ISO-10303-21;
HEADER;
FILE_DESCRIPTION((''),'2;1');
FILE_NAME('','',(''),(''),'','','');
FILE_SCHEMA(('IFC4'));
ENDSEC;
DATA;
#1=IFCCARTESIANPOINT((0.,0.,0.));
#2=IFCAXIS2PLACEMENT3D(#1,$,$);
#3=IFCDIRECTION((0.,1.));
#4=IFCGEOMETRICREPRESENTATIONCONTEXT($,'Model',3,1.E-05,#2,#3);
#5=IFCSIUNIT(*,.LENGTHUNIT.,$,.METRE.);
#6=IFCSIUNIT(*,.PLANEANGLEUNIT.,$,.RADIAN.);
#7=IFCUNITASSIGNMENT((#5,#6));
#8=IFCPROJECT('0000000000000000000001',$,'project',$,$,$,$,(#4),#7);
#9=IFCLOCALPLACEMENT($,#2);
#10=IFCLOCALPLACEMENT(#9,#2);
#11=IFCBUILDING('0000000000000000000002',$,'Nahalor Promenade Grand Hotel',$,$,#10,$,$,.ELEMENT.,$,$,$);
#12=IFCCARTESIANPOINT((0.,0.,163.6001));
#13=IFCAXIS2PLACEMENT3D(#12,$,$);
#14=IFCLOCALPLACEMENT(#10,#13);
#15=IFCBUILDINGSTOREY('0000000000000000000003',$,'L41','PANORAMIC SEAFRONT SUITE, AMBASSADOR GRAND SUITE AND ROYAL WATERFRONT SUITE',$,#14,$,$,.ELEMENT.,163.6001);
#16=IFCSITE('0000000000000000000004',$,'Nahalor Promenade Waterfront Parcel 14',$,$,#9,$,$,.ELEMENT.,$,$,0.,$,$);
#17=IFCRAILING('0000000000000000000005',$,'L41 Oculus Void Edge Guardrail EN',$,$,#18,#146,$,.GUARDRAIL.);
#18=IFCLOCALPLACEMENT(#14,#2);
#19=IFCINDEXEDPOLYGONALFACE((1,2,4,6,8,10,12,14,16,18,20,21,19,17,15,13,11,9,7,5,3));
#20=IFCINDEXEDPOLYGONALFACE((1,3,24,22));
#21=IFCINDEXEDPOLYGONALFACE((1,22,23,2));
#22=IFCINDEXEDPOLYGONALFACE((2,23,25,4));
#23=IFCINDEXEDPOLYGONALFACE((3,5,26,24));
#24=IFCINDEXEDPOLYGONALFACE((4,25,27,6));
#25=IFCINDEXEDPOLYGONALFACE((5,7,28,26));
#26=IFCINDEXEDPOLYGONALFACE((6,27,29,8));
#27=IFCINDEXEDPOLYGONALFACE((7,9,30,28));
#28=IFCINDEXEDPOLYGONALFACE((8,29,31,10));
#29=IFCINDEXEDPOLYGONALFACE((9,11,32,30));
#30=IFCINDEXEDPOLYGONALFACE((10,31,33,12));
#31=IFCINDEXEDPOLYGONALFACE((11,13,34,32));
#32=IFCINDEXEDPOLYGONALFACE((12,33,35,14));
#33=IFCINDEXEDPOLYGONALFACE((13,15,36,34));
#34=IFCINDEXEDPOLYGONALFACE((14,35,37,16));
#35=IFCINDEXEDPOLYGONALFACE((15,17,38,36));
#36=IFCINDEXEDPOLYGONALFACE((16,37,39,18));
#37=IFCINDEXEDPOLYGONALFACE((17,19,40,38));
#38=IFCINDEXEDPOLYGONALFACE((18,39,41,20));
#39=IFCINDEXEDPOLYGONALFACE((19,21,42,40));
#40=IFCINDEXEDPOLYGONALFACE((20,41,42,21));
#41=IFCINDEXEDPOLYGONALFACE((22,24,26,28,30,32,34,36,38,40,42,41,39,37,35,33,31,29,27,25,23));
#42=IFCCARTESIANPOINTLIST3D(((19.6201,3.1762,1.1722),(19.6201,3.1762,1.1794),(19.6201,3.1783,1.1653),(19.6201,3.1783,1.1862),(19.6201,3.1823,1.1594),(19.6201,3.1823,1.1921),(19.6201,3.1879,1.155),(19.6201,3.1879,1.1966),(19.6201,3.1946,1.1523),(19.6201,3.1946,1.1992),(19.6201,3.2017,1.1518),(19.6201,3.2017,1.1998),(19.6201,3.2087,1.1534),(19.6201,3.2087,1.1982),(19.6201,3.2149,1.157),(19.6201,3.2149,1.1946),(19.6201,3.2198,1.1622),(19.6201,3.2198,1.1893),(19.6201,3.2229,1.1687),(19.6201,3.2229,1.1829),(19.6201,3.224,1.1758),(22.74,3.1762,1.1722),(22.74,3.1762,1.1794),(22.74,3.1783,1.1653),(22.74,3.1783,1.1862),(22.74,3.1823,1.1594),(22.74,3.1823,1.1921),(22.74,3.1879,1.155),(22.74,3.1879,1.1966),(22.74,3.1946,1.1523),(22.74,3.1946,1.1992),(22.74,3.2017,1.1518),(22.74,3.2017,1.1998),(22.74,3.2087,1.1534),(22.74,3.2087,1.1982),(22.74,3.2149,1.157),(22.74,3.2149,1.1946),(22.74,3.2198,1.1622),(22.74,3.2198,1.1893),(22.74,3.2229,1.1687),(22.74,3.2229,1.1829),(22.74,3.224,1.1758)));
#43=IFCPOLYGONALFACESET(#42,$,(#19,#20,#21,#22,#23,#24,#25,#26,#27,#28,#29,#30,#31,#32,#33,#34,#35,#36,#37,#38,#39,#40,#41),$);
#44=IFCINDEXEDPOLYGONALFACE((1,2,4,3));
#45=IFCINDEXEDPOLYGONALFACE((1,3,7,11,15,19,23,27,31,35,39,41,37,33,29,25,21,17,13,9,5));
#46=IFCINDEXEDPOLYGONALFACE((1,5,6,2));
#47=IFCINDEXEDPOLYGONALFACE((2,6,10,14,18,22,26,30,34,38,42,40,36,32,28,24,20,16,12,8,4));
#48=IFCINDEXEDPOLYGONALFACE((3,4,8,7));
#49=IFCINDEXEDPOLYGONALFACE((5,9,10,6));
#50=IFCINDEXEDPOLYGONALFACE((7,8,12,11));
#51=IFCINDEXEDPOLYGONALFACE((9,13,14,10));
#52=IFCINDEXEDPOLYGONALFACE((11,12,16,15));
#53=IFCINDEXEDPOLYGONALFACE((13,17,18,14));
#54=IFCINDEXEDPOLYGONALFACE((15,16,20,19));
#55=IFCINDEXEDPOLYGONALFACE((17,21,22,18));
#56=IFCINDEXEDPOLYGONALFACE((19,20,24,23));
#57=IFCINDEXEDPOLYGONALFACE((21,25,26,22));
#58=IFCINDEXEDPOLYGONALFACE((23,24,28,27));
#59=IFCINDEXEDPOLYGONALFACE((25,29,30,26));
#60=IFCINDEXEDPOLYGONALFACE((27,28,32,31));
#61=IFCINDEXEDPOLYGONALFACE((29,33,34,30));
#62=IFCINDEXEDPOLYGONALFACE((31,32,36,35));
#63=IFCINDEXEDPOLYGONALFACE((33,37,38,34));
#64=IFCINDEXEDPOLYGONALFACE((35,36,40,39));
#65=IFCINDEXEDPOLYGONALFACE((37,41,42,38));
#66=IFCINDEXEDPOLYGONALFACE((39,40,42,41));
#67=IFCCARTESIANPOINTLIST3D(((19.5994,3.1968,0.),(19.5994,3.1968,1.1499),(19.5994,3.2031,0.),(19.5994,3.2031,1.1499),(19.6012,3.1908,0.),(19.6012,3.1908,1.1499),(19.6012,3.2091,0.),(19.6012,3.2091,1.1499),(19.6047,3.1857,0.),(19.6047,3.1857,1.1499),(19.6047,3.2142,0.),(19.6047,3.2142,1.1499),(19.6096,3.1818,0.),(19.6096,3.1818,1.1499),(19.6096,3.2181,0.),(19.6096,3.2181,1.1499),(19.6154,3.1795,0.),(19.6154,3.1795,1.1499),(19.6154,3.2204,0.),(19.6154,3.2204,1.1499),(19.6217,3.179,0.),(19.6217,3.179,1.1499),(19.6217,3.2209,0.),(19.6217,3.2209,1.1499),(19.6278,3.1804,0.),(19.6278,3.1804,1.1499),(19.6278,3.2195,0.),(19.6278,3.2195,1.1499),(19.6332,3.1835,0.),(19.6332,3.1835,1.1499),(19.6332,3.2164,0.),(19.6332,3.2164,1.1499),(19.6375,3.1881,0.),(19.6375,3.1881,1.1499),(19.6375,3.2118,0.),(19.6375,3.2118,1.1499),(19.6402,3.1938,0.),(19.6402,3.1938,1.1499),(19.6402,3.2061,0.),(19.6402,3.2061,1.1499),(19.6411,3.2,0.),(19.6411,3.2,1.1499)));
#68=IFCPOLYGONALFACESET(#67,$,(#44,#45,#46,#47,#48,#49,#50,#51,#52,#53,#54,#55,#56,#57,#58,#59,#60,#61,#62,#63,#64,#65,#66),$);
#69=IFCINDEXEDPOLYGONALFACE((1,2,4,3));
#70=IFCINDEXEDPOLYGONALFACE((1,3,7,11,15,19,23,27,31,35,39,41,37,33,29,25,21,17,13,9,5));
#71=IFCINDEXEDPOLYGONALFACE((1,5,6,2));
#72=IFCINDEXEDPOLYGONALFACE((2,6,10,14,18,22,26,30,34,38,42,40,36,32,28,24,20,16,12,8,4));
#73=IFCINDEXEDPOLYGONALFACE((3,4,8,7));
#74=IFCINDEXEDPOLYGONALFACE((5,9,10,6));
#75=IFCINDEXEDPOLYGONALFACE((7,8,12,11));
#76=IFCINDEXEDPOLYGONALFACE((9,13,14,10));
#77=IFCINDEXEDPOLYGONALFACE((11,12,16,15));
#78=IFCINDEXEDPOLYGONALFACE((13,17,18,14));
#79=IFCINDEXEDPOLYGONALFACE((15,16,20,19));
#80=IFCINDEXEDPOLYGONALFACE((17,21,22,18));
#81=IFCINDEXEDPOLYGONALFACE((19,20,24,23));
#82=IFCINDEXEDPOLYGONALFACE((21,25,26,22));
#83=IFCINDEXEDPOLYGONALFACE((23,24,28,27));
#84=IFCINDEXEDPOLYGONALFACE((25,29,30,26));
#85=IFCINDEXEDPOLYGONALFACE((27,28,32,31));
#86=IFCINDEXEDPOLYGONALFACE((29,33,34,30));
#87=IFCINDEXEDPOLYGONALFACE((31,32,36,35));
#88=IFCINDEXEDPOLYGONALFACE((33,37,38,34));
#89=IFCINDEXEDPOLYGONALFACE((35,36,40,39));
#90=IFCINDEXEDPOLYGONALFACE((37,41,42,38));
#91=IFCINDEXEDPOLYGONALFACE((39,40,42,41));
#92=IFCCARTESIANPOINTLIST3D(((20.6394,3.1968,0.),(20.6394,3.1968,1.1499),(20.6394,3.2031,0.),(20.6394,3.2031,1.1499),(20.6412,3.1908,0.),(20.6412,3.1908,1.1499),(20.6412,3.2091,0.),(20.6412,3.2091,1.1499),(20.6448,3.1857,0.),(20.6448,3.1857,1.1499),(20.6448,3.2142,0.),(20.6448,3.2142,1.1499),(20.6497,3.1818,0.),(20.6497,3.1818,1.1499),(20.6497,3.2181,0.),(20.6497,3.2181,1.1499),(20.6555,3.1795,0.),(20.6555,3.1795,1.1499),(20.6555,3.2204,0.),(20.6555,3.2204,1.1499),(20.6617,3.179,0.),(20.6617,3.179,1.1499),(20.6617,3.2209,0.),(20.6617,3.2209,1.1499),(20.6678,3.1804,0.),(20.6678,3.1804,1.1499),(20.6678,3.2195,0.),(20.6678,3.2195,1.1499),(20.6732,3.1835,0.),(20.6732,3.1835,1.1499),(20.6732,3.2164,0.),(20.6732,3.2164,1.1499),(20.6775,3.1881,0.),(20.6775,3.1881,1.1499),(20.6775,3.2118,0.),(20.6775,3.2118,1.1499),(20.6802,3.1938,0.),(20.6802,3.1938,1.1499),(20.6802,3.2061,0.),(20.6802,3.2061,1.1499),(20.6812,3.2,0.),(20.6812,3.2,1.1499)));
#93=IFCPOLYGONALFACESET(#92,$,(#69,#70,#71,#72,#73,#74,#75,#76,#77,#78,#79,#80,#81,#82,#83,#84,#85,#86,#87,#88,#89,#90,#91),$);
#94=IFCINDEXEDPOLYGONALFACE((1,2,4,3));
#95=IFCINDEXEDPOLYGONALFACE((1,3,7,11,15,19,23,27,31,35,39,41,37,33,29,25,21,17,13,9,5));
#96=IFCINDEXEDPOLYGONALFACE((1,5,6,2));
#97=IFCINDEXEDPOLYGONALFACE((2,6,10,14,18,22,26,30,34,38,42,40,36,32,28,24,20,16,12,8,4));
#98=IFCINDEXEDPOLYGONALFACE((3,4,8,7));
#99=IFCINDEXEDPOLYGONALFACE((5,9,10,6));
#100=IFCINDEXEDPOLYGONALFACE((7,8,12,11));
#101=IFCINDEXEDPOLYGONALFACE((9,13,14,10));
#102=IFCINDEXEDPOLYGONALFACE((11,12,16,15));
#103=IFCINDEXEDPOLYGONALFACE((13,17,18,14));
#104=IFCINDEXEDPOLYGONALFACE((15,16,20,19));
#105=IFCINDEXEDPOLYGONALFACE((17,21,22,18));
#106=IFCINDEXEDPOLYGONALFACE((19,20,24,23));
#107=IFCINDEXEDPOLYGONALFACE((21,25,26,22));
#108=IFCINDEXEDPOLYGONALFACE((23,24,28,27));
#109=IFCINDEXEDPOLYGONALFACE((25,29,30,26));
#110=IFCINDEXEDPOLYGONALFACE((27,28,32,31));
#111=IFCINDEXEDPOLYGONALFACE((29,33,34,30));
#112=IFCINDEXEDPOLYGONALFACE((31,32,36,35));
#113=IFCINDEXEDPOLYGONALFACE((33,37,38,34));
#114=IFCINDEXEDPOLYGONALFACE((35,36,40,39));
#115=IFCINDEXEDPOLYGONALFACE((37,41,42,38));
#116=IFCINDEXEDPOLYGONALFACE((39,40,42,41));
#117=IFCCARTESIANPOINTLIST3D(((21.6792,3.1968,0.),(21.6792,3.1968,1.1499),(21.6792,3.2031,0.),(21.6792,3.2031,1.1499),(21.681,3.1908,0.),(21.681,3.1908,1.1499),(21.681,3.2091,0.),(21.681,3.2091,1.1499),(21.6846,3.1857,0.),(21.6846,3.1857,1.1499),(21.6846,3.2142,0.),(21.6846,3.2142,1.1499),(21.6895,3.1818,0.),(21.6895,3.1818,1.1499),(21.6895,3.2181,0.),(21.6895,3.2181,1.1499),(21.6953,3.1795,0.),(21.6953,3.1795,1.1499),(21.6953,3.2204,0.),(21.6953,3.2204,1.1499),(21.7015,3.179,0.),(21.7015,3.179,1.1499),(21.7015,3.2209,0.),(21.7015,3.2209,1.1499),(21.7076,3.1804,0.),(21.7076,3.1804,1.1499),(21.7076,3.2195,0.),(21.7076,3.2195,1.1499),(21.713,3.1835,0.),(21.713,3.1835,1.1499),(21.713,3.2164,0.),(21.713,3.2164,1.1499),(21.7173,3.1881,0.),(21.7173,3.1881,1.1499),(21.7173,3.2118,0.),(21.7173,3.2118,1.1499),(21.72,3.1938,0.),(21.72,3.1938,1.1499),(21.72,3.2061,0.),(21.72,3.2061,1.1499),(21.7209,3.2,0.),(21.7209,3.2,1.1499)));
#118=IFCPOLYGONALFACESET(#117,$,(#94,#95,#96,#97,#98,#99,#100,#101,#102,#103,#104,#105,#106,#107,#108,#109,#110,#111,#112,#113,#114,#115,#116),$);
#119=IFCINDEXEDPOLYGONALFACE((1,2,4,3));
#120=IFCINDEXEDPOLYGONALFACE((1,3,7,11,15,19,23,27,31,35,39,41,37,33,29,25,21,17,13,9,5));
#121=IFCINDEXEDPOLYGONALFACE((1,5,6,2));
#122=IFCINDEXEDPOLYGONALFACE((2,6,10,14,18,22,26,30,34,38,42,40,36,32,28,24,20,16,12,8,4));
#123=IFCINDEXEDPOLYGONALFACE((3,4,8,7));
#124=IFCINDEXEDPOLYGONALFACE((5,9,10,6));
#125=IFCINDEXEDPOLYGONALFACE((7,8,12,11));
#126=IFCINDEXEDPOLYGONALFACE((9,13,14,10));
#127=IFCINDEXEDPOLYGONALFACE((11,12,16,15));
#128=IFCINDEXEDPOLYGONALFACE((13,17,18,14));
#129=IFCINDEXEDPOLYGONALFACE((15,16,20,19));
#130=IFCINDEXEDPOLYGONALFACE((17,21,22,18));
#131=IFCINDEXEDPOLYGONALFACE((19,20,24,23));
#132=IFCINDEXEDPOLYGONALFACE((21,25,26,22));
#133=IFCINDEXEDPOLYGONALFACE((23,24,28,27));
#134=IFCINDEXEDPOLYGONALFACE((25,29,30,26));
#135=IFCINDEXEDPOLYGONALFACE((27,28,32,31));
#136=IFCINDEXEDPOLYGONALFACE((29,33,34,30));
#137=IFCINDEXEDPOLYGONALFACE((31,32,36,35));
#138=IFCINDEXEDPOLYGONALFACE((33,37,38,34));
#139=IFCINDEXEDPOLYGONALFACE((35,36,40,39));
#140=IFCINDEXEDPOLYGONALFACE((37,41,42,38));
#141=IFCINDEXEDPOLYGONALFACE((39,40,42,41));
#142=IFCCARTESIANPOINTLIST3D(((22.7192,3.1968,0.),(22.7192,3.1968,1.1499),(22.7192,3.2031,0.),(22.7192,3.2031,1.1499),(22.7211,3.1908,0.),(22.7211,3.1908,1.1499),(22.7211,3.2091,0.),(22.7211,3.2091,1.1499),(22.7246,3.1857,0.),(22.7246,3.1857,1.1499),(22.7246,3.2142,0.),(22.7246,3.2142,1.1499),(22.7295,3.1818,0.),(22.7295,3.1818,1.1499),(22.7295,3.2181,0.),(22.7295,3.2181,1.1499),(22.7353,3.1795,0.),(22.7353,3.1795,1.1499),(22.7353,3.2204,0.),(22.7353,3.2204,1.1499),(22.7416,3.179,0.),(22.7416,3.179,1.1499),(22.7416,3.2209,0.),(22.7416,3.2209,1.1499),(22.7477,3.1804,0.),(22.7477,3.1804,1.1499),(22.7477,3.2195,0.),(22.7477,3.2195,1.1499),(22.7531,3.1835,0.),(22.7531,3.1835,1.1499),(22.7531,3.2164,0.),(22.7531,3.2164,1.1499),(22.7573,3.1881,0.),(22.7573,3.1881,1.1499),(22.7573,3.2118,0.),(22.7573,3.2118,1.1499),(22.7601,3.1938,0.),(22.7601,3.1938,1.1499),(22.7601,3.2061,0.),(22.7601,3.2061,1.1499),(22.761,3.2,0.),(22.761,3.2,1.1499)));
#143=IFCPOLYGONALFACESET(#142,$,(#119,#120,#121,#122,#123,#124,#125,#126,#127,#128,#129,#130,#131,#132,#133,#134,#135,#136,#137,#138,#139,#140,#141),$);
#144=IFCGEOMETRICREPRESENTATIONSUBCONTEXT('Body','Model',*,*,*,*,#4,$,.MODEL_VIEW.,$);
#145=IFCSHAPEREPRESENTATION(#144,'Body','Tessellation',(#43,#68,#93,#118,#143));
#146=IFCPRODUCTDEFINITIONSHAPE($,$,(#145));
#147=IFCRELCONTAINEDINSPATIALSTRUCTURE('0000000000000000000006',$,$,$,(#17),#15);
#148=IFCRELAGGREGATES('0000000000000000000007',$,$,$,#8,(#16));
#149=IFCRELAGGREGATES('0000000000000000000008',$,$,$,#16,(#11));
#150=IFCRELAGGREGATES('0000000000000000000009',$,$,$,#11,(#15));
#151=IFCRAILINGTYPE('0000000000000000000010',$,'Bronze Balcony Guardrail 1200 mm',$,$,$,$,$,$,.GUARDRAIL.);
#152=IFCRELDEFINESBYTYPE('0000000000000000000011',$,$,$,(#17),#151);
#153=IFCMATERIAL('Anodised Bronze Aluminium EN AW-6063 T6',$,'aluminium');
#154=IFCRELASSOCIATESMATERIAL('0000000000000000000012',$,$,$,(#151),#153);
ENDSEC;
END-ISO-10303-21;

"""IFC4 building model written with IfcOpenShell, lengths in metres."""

from ifc_helpers import new_model, si_unit, direction, frame, origin, origin_2d, place, context, subcontext, project, spatial, circle, extrude, material, type_object, element, save


model = new_model("IFC4")

# Units and contexts
model_context = context("Model", 3, precision=1e-05, world=origin(), true_north=direction((0.0, 1.0)))
body_context = subcontext(model_context, "Body", "Model", "MODEL_VIEW")
ifc_project = project(units=[si_unit("LENGTHUNIT", "METRE"), si_unit("PLANEANGLEUNIT", "RADIAN")], contexts=[model_context])

# Site, building, storey
site_placement = place(None, origin())
site = spatial("IfcSite", under=ifc_project, at=site_placement, Name="Nahalor Promenade Waterfront Parcel 14", CompositionType="ELEMENT", RefElevation=0.0)
building_placement = place(site_placement, origin())
building = spatial("IfcBuilding", under=site, at=building_placement, Name="Nahalor Promenade Grand Hotel", CompositionType="ELEMENT")
storey_placement = place(building_placement, frame((0.0, 0.0, 163.6001)))
storey = spatial("IfcBuildingStorey", under=building, at=storey_placement, Name="L41", Description="PANORAMIC SEAFRONT SUITE, AMBASSADOR GRAND SUITE AND ROYAL WATERFRONT SUITE", CompositionType="ELEMENT", Elevation=163.6001)

# Shared definitions
ifc_material_1 = material(Name="Anodised Bronze Aluminium EN AW-6063 T6", Category="aluminium")

# Railing
railing_type = type_object("IfcRailingType", Name="Bronze Balcony Guardrail 1200 mm", PredefinedType="GUARDRAIL", material=ifc_material_1)
railing_1_placement = place(storey_placement, frame((19.6201, 3.2, 0.0)))
element("IfcRailing", 1, at=railing_1_placement, inside=storey, type_object=railing_type, Name="L41 Oculus Void Edge Guardrail EN", PredefinedType="GUARDRAIL", context=body_context, shape_type="SweptSolid", body=[
    extrude(circle(Radius=0.024, at=origin_2d()), frame((0.0, 0.0, 1.1758), z_axis=(1.0, 0.0, 0.0), x_axis=(0.0, 1.0, 0.0)), (0.0, 0.0, 1.0), 3.1199),
    extrude(circle(Radius=0.021, at=origin_2d()), origin(), (0.0, 0.0, 1.0), 1.1499),
    extrude(circle(Radius=0.021, at=origin_2d()), frame((1.04, 0.0, 0.0)), (0.0, 0.0, 1.0), 1.1499),
    extrude(circle(Radius=0.021, at=origin_2d()), frame((2.0798, 0.0, 0.0)), (0.0, 0.0, 1.0), 1.1499),
    extrude(circle(Radius=0.021, at=origin_2d()), frame((3.1199, 0.0, 0.0)), (0.0, 0.0, 1.0), 1.1499),
])

save(model, "model.ifc")
